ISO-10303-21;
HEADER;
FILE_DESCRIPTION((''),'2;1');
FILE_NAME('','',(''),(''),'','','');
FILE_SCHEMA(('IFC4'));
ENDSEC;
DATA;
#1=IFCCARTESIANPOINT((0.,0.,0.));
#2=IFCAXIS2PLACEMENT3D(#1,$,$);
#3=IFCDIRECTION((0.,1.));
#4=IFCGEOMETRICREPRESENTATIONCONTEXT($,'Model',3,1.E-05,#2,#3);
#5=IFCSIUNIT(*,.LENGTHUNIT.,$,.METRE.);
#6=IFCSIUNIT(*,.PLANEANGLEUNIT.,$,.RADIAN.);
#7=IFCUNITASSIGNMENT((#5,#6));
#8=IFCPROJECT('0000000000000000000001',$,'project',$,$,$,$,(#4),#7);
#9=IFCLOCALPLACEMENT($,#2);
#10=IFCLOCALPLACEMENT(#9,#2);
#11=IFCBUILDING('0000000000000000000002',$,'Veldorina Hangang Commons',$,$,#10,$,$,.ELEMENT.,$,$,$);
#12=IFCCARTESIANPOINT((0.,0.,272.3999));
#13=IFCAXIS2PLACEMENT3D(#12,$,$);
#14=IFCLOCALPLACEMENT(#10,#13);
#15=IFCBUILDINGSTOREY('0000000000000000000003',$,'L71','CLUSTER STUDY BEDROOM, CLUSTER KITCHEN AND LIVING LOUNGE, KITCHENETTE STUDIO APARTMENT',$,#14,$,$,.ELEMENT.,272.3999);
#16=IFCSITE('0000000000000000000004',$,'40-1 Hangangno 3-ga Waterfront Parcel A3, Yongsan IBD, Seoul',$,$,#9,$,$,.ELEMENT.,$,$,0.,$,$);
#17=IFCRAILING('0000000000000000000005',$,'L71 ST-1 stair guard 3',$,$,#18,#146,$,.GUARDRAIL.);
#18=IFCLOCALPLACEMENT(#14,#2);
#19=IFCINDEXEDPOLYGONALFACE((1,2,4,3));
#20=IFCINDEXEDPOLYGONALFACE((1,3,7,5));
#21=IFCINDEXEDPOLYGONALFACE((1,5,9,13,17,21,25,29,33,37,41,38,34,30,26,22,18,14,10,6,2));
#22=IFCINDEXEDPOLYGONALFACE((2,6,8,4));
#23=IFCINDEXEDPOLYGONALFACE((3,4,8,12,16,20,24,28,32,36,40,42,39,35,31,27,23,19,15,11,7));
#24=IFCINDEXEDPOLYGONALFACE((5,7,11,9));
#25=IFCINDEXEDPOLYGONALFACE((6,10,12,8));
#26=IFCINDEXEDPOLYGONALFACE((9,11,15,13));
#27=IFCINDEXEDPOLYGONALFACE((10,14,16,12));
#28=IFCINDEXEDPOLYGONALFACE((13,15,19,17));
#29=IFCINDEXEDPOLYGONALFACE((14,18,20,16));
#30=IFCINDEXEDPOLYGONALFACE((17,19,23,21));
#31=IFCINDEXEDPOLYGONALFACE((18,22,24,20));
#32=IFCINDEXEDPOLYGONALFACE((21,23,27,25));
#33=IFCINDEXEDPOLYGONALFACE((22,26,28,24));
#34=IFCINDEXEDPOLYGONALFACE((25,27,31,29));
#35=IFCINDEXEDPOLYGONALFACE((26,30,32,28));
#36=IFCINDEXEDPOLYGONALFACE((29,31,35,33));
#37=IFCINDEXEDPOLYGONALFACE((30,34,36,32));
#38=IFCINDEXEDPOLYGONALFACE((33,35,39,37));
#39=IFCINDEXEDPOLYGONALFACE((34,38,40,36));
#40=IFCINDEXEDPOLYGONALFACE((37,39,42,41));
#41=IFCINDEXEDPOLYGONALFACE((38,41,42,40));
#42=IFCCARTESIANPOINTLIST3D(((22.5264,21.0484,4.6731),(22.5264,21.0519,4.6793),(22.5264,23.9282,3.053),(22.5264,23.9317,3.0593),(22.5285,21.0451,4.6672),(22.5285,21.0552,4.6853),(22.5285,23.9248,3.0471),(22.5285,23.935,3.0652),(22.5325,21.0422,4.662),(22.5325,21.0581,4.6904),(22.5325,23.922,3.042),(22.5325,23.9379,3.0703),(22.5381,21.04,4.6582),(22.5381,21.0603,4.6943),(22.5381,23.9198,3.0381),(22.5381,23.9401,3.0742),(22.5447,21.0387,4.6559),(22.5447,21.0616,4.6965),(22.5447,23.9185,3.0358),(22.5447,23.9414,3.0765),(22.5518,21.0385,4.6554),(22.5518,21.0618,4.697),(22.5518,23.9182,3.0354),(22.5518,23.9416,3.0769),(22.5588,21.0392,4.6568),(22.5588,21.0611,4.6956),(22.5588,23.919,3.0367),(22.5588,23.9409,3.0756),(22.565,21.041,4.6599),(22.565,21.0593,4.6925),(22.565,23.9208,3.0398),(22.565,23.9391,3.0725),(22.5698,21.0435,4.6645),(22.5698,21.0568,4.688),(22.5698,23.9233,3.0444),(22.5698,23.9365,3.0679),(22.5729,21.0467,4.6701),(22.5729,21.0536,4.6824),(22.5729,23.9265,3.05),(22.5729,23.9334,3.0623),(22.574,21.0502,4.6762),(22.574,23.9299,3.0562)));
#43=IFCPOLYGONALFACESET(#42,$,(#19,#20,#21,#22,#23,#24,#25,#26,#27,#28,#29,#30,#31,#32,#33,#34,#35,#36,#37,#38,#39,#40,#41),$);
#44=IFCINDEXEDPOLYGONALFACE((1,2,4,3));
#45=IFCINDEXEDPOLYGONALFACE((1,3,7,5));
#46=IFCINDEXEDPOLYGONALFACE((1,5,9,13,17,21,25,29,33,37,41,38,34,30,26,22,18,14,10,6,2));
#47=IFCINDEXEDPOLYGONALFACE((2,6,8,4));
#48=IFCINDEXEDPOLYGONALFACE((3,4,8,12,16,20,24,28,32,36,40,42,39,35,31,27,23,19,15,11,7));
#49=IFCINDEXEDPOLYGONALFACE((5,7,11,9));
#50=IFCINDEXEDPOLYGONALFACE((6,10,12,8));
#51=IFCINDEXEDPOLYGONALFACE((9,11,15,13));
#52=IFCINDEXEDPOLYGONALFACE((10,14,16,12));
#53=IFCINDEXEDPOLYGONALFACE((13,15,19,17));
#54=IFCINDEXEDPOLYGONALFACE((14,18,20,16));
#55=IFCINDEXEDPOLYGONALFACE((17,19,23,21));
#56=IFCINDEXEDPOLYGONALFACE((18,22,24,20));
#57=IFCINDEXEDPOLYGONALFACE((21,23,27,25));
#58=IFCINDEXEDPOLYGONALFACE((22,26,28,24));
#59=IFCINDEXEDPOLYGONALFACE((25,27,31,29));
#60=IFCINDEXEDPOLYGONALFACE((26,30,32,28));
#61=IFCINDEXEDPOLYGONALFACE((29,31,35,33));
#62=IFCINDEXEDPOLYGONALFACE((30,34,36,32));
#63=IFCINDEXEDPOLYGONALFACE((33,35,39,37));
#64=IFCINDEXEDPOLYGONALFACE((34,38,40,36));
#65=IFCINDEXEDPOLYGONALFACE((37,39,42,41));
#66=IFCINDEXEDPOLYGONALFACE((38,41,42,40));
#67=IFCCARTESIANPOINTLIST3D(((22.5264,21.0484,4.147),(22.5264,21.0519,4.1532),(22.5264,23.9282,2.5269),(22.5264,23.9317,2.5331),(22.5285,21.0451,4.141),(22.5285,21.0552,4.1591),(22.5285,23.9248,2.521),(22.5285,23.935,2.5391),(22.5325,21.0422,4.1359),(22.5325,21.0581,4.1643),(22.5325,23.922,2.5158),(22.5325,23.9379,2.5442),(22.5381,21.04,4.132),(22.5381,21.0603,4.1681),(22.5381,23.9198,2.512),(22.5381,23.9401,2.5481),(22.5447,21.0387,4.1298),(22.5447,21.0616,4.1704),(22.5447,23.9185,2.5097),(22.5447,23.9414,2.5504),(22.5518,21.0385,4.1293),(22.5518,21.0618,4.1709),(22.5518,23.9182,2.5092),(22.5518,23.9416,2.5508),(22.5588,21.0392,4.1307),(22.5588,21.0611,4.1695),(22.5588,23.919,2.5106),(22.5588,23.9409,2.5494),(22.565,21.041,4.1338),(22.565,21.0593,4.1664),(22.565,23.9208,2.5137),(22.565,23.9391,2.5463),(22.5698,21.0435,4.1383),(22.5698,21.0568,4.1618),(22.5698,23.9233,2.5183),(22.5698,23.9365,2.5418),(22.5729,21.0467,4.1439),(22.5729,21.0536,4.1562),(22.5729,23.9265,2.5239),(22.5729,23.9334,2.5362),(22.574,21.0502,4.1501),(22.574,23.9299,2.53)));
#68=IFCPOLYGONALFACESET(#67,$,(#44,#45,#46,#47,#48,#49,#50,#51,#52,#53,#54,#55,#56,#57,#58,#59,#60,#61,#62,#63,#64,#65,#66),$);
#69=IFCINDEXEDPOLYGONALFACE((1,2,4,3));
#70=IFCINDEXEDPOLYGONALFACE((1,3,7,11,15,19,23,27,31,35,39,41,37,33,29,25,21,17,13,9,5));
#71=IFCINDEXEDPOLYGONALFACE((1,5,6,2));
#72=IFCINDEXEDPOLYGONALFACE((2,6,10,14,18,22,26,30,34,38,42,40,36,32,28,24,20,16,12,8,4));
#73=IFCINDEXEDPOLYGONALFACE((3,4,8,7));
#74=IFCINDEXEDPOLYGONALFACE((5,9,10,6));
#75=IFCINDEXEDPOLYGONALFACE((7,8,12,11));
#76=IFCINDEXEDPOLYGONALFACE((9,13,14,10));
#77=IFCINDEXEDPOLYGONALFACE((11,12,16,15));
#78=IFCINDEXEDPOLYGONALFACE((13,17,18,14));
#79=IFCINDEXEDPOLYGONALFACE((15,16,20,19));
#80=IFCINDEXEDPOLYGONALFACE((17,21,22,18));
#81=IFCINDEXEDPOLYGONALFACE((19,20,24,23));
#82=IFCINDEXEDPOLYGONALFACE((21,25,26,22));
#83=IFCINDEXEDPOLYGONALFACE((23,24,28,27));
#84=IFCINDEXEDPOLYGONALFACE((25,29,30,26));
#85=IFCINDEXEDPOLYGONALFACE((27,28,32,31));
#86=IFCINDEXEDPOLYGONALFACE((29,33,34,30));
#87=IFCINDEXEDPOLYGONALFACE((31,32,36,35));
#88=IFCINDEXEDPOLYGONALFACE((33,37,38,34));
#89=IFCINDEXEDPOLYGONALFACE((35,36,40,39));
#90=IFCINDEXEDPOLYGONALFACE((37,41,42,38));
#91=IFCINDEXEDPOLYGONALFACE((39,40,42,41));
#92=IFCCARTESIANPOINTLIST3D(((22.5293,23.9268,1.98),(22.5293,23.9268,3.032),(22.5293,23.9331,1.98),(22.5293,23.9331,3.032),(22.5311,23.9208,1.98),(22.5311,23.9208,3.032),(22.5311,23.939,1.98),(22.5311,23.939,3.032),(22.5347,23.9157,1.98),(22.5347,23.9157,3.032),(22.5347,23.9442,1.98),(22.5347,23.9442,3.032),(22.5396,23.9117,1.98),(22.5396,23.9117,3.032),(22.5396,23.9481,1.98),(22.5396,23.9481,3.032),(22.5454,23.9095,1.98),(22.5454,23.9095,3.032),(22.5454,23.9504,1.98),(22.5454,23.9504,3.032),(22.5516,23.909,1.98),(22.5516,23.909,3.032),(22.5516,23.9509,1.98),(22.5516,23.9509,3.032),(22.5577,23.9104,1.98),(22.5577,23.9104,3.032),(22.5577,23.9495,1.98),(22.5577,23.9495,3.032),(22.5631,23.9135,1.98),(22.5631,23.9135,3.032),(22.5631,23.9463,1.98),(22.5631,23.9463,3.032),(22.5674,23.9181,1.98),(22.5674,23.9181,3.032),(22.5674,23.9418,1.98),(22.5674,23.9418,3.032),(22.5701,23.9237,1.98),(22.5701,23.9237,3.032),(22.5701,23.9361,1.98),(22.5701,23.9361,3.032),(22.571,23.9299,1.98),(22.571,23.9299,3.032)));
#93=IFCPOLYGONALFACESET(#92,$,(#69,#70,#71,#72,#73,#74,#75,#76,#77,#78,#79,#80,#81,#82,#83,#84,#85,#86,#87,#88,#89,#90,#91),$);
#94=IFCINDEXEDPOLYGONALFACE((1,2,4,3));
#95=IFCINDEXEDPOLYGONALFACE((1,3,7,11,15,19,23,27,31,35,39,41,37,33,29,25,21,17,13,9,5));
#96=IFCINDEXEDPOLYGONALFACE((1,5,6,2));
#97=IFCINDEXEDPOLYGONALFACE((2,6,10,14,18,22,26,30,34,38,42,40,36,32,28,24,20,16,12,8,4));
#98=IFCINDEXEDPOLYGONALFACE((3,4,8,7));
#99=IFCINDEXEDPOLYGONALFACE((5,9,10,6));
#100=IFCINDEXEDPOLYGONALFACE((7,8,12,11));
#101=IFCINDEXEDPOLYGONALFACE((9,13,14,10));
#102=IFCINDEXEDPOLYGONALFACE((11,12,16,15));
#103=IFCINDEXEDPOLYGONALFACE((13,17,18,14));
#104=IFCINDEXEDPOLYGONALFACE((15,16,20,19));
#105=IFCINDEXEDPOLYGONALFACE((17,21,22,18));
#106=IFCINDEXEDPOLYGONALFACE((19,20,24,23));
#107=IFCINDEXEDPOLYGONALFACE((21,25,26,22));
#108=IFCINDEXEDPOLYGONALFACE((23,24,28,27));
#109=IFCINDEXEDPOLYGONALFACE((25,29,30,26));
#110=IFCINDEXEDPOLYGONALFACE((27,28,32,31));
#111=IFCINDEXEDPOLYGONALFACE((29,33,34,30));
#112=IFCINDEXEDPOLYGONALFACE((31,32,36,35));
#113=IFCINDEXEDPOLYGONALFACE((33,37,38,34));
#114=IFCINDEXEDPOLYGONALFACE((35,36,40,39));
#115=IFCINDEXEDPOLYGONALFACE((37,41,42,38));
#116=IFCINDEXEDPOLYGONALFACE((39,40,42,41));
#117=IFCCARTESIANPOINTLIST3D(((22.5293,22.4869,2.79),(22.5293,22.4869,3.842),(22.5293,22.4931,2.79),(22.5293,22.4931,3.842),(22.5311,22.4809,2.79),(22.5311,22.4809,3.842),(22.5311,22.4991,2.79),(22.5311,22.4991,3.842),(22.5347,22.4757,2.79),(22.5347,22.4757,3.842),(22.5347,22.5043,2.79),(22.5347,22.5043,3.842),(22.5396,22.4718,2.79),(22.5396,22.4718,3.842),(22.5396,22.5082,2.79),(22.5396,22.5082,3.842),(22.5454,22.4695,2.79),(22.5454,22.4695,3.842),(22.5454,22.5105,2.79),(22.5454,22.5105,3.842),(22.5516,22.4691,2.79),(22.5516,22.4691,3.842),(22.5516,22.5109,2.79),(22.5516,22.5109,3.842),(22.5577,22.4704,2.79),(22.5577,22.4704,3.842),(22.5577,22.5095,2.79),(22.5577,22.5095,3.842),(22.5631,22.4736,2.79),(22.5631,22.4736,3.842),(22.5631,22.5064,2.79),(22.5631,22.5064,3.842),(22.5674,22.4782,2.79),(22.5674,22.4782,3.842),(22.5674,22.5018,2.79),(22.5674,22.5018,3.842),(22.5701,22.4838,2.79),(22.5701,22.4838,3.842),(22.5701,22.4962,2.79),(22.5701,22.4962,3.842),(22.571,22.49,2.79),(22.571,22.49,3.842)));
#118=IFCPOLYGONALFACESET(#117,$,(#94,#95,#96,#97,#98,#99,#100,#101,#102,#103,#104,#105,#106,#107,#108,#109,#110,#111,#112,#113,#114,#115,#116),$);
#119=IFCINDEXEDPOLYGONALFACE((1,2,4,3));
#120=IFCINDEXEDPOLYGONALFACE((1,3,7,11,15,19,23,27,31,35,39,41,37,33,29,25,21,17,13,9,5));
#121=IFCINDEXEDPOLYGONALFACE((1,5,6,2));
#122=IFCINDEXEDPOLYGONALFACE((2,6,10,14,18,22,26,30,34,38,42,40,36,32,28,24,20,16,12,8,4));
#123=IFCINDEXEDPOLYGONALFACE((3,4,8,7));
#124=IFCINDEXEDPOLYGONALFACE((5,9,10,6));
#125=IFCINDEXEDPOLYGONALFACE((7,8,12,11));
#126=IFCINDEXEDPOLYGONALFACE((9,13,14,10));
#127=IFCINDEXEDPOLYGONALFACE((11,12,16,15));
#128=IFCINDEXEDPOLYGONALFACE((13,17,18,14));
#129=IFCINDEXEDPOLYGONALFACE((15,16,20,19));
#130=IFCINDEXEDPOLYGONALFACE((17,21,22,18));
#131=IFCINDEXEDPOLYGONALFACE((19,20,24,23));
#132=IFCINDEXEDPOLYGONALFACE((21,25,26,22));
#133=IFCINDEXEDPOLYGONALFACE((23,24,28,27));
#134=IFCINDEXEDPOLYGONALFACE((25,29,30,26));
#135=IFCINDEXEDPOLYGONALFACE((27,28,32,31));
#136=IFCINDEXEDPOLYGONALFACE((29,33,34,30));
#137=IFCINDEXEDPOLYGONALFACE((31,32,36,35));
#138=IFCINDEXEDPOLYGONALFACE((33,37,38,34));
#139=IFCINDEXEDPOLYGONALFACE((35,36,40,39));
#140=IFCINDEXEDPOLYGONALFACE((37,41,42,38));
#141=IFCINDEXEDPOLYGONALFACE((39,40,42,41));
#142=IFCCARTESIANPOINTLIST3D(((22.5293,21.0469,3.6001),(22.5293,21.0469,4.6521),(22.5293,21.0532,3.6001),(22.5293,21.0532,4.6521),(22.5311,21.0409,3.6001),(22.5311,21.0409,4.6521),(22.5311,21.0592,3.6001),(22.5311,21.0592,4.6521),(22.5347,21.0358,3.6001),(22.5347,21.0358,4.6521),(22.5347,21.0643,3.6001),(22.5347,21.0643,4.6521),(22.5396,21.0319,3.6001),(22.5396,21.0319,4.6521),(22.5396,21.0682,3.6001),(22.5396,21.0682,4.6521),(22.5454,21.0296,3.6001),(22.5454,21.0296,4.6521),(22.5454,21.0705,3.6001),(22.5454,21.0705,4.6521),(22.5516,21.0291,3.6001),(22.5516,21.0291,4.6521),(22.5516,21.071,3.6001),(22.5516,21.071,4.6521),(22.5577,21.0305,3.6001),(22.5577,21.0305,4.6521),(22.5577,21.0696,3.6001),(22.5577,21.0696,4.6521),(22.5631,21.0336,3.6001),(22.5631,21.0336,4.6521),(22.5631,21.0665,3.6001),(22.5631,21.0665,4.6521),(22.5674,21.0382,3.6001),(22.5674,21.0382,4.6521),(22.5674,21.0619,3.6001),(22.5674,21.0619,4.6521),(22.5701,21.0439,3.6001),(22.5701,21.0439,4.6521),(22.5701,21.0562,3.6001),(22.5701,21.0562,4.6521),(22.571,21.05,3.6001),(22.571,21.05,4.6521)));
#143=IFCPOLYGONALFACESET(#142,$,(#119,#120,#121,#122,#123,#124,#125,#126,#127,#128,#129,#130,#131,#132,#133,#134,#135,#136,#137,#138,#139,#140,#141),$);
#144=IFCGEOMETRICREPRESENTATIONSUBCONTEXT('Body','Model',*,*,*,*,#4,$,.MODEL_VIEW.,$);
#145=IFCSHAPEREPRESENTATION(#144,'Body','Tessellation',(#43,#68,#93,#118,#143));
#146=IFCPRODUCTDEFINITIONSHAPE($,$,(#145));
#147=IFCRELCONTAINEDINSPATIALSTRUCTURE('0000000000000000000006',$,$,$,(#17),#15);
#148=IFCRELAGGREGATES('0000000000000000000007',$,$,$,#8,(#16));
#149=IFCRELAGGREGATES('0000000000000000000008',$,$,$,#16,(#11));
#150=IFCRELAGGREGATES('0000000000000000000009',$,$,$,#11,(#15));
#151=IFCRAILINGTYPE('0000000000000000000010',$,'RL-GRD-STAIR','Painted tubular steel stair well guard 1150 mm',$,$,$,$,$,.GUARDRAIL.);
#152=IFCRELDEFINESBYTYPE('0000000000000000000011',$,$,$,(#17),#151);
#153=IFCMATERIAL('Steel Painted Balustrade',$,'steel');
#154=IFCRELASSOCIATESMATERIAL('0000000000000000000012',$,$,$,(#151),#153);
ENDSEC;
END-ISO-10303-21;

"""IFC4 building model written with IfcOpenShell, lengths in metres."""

from ifc_helpers import new_model, si_unit, direction, frame, origin, origin_2d, place, context, subcontext, project, spatial, circle, extrude, material, type_object, element, save


model = new_model("IFC4")

# Units and contexts
model_context = context("Model", 3, precision=1e-05, world=origin(), true_north=direction((0.0, 1.0)))
body_context = subcontext(model_context, "Body", "Model", "MODEL_VIEW")
ifc_project = project(units=[si_unit("LENGTHUNIT", "METRE"), si_unit("PLANEANGLEUNIT", "RADIAN")], contexts=[model_context])

# Site, building, storey
site_placement = place(None, origin())
site = spatial("IfcSite", under=ifc_project, at=site_placement, Name="40-1 Hangangno 3-ga Waterfront Parcel A3, Yongsan IBD, Seoul", CompositionType="ELEMENT", RefElevation=0.0)
building_placement = place(site_placement, origin())
building = spatial("IfcBuilding", under=site, at=building_placement, Name="Veldorina Hangang Commons", CompositionType="ELEMENT")
storey_placement = place(building_placement, frame((0.0, 0.0, 272.3999)))
storey = spatial("IfcBuildingStorey", under=building, at=storey_placement, Name="L71", Description="CLUSTER STUDY BEDROOM, CLUSTER KITCHEN AND LIVING LOUNGE, KITCHENETTE STUDIO APARTMENT", CompositionType="ELEMENT", Elevation=272.3999)

# Railing
ifc_material_1 = material(Name="Steel Painted Balustrade", Category="steel")
railing_type_1 = type_object("IfcRailingType", Name="RL-GRD-STAIR", Description="Painted tubular steel stair well guard 1150 mm", PredefinedType="GUARDRAIL", material=ifc_material_1)
railing_1_placement = place(storey_placement, frame((22.55, 23.9299, 1.98)))
element("IfcRailing", 1, at=railing_1_placement, inside=storey, type_object=railing_type_1, Name="L71 ST-1 stair guard 3", PredefinedType="GUARDRAIL", context=body_context, shape_type="SweptSolid", body=[
    extrude(circle(Radius=0.0239, at=origin_2d()), frame((0.0, 0.0, 1.0762), z_axis=(0.0, -0.871552, 0.490303), x_axis=(1.0, 0.0, 0.0)), (0.0, 0.0, 1.0), 3.3042),
    extrude(circle(Radius=0.0239, at=origin_2d()), frame((0.0, 0.0, 0.55), z_axis=(0.0, -0.871552, 0.490303), x_axis=(1.0, 0.0, 0.0)), (0.0, 0.0, 1.0), 3.3042),
    extrude(circle(Radius=0.021, at=origin_2d()), origin(), (0.0, 0.0, 1.0), 1.052),
    extrude(circle(Radius=0.021, at=origin_2d()), frame((0.0, -1.4399, 0.8101)), (0.0, 0.0, 1.0), 1.052),
    extrude(circle(Radius=0.021, at=origin_2d()), frame((0.0, -2.8799, 1.6201)), (0.0, 0.0, 1.0), 1.052),
])

save(model, "model.ifc")
